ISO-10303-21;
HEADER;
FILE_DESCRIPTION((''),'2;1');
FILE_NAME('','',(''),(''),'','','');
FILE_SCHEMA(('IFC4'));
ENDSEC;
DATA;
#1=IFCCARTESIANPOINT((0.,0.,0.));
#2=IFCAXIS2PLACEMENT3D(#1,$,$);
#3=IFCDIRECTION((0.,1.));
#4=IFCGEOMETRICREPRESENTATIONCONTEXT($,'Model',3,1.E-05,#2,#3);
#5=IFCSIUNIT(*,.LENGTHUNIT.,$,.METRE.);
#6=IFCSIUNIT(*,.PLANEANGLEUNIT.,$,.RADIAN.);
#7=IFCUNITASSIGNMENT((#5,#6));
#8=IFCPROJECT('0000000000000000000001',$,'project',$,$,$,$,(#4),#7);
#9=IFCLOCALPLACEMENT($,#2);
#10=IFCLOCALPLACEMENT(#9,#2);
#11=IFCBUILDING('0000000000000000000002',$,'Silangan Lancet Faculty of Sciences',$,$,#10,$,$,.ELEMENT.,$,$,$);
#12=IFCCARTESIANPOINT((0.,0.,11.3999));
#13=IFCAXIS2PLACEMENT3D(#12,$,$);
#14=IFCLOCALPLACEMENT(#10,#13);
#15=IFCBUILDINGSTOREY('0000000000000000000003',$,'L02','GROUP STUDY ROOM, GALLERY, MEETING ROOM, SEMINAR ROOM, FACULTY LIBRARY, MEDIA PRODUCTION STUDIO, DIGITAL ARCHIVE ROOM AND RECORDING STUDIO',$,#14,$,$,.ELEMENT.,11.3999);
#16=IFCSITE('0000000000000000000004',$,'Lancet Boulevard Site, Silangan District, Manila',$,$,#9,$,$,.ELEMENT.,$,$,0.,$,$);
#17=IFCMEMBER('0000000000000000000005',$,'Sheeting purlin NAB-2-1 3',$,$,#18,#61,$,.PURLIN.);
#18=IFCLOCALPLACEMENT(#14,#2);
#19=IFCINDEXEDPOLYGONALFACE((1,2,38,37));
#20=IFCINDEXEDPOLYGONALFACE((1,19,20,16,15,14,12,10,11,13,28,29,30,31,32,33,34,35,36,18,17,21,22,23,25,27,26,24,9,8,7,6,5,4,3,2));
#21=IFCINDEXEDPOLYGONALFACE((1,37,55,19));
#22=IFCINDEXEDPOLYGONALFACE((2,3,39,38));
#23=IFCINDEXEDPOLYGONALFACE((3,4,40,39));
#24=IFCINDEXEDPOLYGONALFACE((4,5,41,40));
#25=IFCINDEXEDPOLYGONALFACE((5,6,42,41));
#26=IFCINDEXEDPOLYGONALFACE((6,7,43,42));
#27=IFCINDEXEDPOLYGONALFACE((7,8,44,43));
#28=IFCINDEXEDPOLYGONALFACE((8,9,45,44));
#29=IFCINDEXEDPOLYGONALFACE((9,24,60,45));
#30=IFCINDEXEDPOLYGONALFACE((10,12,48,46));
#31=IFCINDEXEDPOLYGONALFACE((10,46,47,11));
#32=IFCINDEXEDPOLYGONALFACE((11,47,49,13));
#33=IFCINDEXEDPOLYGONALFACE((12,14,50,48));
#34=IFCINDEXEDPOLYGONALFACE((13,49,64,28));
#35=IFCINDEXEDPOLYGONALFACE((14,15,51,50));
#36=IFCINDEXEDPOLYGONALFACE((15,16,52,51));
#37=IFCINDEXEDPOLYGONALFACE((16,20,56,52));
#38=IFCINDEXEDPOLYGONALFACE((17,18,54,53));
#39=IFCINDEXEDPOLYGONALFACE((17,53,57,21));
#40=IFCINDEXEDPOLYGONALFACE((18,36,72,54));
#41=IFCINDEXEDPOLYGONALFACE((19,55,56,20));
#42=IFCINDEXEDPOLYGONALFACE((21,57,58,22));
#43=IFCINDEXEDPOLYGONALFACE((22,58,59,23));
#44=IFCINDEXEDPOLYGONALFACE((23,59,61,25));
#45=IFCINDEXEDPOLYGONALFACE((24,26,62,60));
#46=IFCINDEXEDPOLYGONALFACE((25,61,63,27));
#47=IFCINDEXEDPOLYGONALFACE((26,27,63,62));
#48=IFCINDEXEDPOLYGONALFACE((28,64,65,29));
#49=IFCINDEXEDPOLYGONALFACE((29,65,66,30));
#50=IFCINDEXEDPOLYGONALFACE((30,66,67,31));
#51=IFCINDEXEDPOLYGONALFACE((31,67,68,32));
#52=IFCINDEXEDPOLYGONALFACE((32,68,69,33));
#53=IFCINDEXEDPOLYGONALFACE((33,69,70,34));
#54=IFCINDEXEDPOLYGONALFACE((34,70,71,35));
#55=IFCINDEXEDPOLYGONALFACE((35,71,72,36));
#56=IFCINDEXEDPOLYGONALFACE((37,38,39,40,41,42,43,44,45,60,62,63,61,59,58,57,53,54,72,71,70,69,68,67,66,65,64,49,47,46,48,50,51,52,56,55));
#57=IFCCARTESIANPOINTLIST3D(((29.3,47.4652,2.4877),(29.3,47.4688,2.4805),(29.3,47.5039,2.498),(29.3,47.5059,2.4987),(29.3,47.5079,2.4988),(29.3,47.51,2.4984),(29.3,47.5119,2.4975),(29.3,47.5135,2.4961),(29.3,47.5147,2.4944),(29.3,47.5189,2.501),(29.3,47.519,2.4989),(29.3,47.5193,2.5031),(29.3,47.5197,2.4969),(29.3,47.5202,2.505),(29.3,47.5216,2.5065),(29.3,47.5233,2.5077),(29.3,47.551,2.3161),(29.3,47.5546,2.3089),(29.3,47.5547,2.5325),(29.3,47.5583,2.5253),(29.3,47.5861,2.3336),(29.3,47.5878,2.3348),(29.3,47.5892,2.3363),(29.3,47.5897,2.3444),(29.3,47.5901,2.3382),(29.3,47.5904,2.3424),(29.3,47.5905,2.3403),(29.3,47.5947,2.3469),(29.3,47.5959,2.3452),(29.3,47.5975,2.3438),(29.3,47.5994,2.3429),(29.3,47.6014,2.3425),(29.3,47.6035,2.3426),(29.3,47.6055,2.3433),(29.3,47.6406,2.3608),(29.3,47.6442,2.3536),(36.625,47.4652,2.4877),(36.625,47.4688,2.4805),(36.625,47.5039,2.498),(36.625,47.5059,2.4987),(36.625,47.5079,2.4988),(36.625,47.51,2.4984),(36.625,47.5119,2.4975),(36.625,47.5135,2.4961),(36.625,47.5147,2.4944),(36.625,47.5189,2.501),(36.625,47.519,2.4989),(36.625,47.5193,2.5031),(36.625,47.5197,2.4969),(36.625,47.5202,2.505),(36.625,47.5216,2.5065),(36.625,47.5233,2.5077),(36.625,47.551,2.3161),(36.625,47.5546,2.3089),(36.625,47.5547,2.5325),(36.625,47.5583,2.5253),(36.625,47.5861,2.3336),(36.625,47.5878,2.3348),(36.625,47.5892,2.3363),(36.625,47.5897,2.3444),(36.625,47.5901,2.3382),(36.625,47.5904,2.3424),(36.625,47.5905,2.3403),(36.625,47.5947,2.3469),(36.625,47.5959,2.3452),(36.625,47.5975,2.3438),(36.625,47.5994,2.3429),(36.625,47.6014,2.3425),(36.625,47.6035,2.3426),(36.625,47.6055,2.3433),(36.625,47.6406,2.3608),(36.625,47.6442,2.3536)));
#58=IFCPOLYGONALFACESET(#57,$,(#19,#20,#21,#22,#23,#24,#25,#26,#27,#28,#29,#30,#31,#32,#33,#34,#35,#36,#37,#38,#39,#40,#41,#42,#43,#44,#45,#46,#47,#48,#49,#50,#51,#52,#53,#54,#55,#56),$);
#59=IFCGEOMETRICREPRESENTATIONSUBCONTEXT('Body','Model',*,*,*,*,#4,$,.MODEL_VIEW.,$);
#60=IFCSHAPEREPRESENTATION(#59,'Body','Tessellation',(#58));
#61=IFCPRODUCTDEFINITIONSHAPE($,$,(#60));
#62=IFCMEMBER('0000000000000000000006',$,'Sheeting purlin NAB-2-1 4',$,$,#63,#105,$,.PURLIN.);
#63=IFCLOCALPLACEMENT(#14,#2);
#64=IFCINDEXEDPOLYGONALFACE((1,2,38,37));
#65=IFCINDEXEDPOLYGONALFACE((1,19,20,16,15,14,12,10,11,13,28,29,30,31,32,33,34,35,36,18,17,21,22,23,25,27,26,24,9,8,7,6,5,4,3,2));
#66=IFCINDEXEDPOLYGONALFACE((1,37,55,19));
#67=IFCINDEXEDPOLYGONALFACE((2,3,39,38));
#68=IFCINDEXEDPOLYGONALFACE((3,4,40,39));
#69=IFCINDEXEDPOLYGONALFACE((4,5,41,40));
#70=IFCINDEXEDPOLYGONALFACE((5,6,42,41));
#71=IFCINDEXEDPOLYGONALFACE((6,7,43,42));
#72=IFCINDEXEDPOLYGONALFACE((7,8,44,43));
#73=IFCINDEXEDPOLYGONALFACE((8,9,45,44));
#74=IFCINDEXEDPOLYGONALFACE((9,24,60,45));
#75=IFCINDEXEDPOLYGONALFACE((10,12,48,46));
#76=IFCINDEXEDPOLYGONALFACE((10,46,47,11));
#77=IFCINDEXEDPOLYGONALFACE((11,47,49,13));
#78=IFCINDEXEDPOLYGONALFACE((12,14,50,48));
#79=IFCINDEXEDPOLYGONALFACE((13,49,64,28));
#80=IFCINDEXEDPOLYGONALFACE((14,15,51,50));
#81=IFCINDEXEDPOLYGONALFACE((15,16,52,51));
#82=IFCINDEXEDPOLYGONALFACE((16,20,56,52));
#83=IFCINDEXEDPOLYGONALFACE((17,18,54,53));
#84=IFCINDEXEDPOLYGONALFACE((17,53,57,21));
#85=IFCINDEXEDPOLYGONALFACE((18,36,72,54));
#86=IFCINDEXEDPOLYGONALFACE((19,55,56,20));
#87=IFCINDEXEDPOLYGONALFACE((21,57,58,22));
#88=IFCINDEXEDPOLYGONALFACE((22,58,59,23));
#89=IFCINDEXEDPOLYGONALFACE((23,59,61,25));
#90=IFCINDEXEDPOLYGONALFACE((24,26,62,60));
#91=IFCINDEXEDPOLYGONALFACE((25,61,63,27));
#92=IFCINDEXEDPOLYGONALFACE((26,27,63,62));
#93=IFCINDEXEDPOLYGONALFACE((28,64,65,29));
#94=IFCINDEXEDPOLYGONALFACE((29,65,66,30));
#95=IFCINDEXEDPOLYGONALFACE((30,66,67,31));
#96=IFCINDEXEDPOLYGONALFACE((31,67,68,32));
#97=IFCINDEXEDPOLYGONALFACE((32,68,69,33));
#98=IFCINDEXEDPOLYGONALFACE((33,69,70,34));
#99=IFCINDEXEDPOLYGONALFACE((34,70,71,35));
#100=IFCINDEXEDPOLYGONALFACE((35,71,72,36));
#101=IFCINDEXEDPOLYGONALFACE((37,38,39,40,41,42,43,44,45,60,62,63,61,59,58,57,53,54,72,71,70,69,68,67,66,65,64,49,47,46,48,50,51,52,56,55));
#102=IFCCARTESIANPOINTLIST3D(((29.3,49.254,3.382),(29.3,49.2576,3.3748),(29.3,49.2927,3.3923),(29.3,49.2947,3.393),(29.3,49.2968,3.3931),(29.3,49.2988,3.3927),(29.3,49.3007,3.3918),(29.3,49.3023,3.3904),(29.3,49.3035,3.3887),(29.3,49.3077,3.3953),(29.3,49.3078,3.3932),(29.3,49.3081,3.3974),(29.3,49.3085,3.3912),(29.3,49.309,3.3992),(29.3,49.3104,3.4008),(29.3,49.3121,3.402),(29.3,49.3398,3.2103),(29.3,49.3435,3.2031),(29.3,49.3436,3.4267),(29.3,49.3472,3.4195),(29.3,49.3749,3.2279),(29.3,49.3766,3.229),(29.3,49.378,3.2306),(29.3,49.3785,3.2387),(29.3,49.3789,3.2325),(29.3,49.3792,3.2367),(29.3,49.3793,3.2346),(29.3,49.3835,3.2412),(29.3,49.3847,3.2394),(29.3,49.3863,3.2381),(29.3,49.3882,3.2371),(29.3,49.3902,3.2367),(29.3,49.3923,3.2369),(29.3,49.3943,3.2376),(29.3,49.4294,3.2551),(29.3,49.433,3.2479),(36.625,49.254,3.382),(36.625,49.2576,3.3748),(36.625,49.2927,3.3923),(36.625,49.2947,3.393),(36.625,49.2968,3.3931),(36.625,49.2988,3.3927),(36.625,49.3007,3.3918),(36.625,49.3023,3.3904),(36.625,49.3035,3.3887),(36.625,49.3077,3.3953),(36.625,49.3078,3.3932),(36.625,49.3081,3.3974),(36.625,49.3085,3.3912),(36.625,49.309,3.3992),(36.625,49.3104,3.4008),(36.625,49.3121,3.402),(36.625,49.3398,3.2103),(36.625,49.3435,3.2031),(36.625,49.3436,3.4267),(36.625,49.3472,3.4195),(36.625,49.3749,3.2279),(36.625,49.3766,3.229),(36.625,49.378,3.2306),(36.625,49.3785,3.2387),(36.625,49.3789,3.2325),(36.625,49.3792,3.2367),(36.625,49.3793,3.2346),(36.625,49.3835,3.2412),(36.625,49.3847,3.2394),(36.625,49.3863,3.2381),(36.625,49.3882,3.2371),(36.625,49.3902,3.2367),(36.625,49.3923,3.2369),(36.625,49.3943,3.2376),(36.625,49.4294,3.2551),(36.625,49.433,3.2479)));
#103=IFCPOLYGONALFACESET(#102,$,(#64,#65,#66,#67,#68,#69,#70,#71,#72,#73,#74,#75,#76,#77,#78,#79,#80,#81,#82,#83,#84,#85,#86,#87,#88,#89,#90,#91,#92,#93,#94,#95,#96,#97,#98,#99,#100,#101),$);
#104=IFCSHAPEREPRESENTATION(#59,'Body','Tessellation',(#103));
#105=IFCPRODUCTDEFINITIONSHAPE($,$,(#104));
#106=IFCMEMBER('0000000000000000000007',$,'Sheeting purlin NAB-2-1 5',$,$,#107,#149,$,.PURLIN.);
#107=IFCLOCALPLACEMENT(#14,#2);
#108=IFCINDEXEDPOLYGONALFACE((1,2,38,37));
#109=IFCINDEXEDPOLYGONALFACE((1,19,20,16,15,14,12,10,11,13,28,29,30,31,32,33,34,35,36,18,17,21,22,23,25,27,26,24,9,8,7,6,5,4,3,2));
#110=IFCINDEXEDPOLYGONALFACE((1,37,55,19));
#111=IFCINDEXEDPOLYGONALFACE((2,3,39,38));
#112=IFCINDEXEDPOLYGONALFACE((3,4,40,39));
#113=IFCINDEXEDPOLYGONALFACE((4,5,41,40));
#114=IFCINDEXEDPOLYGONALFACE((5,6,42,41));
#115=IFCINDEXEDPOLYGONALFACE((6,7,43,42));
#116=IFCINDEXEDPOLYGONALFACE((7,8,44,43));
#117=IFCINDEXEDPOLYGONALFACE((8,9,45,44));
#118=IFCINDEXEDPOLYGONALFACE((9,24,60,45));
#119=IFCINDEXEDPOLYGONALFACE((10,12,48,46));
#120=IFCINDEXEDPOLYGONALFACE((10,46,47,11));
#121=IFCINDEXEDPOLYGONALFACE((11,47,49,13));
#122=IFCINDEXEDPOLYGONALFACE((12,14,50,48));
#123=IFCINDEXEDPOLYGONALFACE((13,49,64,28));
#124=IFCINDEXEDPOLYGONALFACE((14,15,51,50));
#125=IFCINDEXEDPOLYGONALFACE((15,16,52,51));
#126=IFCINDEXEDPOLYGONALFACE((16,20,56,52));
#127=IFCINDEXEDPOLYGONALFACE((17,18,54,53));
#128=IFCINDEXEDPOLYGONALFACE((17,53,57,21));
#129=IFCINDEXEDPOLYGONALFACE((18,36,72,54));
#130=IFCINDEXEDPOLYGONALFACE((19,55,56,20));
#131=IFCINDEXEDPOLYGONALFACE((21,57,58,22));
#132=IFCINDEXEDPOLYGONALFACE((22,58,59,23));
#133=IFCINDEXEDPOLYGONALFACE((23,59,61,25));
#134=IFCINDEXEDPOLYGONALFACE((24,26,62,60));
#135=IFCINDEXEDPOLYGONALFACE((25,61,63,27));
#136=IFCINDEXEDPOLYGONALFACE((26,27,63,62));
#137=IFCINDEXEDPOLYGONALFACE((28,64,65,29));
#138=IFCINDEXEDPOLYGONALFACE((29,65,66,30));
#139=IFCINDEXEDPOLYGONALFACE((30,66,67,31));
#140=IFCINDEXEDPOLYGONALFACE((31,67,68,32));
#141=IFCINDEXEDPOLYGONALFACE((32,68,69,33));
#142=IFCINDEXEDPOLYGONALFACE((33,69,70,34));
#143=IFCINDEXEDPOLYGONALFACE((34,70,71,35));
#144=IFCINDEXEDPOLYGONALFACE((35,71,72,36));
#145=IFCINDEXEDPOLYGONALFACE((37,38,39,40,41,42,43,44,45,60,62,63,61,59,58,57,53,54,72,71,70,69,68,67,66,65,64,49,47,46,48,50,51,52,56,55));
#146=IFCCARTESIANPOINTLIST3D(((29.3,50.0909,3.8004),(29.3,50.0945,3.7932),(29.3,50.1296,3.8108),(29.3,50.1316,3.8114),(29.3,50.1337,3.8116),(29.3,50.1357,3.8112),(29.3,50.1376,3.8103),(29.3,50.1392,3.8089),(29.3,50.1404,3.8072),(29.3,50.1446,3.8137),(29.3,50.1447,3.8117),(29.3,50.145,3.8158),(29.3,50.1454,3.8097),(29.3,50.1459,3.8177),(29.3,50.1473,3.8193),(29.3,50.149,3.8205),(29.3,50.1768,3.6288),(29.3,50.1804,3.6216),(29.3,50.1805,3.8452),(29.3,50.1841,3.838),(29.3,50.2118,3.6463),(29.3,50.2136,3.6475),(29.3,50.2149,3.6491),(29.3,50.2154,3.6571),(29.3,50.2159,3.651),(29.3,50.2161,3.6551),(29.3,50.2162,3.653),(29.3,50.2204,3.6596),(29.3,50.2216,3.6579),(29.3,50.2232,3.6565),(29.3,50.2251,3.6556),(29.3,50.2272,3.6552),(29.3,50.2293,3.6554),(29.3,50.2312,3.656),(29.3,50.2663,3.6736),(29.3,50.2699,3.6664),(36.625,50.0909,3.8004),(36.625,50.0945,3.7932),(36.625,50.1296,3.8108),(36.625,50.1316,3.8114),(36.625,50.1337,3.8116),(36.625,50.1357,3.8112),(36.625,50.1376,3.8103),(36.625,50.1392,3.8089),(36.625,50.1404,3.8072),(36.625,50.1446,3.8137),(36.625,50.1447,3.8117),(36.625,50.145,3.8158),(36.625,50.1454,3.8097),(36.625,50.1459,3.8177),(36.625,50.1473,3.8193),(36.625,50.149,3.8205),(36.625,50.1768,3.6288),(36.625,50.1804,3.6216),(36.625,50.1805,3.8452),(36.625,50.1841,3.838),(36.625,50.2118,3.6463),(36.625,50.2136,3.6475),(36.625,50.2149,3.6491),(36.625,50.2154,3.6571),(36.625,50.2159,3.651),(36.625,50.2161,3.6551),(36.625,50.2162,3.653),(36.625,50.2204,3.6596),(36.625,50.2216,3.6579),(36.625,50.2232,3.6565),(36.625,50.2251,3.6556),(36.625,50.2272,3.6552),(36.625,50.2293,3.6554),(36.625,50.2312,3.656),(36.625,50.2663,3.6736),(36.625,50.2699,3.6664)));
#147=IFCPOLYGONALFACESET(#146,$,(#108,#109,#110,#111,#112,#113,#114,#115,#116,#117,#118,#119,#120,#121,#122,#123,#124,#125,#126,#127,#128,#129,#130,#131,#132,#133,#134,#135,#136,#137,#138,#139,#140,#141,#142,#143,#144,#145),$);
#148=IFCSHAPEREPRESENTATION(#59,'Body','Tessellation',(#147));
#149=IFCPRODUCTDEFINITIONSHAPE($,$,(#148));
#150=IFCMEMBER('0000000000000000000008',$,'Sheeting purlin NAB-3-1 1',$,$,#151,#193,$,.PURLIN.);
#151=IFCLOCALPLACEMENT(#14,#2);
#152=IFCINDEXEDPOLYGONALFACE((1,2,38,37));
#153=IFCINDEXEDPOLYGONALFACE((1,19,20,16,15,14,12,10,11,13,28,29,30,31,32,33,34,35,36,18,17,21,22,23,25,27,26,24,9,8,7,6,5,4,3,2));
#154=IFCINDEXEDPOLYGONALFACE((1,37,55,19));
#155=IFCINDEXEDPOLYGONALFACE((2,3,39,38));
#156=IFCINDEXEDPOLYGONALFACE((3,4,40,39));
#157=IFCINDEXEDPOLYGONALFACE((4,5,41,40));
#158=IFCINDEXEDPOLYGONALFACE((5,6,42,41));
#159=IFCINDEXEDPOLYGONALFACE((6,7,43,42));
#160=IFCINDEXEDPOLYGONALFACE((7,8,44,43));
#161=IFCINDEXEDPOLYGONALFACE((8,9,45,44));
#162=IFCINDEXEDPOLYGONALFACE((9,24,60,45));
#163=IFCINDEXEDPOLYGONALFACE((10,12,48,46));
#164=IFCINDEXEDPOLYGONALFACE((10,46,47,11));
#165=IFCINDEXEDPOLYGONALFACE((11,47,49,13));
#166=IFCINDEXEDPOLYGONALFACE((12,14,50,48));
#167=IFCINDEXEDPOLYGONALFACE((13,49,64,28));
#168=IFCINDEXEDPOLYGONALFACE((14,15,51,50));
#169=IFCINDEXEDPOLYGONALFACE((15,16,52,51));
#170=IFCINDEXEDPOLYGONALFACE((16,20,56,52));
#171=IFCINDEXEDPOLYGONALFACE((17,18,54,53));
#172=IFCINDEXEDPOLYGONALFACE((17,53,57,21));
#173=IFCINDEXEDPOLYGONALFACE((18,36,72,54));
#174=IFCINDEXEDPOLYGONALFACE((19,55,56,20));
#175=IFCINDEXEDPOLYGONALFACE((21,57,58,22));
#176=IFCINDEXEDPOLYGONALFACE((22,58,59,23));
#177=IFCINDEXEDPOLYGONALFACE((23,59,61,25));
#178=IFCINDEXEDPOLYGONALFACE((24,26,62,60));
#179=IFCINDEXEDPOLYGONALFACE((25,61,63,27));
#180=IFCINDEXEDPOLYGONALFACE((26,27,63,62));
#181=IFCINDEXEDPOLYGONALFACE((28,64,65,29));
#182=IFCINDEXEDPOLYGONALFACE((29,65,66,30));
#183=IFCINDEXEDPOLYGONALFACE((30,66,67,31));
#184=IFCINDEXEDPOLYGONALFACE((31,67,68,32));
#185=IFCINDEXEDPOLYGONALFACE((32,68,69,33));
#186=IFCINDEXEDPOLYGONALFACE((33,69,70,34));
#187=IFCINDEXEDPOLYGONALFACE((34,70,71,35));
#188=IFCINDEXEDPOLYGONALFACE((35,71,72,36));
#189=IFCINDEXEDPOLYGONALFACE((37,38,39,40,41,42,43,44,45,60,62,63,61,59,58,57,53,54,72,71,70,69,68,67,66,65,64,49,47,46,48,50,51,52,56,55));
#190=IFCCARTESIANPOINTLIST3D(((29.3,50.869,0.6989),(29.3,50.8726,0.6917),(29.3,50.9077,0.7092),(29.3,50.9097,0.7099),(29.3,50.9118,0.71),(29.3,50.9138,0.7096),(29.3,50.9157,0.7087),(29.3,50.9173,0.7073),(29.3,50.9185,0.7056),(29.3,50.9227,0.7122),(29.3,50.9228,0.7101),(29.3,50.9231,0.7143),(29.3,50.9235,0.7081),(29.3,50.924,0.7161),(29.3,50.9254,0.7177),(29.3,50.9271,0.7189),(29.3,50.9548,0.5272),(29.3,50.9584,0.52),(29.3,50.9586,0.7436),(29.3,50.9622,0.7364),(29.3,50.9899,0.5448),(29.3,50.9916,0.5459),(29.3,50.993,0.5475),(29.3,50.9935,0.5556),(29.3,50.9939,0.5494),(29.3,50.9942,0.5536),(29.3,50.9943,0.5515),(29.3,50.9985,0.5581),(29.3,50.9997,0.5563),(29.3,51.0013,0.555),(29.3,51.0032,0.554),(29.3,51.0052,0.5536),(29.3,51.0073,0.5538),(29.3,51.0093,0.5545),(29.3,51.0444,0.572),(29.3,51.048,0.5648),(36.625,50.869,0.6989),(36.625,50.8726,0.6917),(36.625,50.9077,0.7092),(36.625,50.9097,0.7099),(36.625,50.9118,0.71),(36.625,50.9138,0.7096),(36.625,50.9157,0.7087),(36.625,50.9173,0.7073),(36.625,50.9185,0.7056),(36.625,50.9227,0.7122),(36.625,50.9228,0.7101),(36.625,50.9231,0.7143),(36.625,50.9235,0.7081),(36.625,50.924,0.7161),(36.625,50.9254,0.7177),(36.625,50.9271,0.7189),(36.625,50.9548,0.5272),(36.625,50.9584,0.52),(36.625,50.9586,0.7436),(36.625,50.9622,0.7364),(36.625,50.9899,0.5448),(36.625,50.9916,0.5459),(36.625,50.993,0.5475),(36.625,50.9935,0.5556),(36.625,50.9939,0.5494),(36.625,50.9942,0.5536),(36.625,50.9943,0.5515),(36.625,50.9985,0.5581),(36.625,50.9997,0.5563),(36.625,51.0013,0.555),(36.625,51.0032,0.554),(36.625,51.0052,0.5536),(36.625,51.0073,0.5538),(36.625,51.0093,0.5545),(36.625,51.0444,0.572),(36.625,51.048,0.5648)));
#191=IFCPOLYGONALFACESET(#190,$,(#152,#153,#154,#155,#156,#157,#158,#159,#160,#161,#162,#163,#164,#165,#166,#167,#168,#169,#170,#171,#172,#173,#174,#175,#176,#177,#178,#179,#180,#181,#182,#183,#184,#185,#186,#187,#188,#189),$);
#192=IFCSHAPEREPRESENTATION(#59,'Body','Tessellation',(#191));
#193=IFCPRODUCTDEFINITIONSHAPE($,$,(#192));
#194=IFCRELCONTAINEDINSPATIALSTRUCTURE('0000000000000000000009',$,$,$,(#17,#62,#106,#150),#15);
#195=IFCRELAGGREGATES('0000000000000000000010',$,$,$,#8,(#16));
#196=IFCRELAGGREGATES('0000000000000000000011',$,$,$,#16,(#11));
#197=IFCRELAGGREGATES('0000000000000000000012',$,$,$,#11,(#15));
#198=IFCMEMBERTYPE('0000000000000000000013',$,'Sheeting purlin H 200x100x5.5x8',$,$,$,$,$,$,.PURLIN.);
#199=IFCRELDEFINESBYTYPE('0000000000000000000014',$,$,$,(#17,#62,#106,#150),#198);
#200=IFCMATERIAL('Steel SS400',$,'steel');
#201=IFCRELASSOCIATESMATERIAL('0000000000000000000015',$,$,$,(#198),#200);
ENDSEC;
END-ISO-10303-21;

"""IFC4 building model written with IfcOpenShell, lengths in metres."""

from ifc_helpers import new_model, si_unit, direction, frame, origin, origin_2d, place, context, subcontext, project, spatial, i_section, extrude, material, material_profile, profile_set, type_object, element, save


model = new_model("IFC4")

# Units and contexts
model_context = context("Model", 3, precision=1e-05, world=origin(), true_north=direction((0.0, 1.0)))
body_context = subcontext(model_context, "Body", "Model", "MODEL_VIEW")
ifc_project = project(units=[si_unit("LENGTHUNIT", "METRE"), si_unit("PLANEANGLEUNIT", "RADIAN")], contexts=[model_context])

# Site, building, storey
site_placement = place(None, origin())
site = spatial("IfcSite", under=ifc_project, at=site_placement, Name="Lancet Boulevard Site, Silangan District, Manila", CompositionType="ELEMENT", RefElevation=0.0)
building_placement = place(site_placement, origin())
building = spatial("IfcBuilding", under=site, at=building_placement, Name="Silangan Lancet Faculty of Sciences", CompositionType="ELEMENT")
storey_placement = place(building_placement, frame((0.0, 0.0, 11.3999)))
storey = spatial("IfcBuildingStorey", under=building, at=storey_placement, Name="L02", Description="GROUP STUDY ROOM, GALLERY, MEETING ROOM, SEMINAR ROOM, FACULTY LIBRARY, MEDIA PRODUCTION STUDIO, DIGITAL ARCHIVE ROOM AND RECORDING STUDIO", CompositionType="ELEMENT", Elevation=11.3999)

# Members
ifc_material_1 = material(Name="Steel SS400", Category="steel")
ifc_material_profile_1 = material_profile(ifc_material_1, i_section(OverallWidth=0.1001, OverallDepth=0.2, WebThickness=0.0056, FlangeThickness=0.0081, FilletRadius=0.0081, at=origin_2d()), Name="H 200x100x5.5x8")
ifc_profile_set_1 = profile_set([ifc_material_profile_1], Name="Steel SS400")
member_type_1 = type_object("IfcMemberType", Name="Sheeting purlin H 200x100x5.5x8", PredefinedType="PURLIN", material=ifc_profile_set_1)
for number, where, z_axis, x_axis, name in (
    (1, (29.3, 47.5547, 2.4207), (1.0, 0.0, 0.0), (0.0, 0.894427, 0.447214), "Sheeting purlin NAB-2-1 3"),
    (2, (29.3, 49.3435, 3.3149), (1.0, 0.0, 0.0), (0.0, 0.894427, 0.447214), "Sheeting purlin NAB-2-1 4"),
    (3, (29.3, 50.1804, 3.7334), (1.0, 0.0, 0.0), (0.0, 0.894427, 0.447214), "Sheeting purlin NAB-2-1 5"),
    (4, (29.3, 50.9585, 0.6318), (1.0, 0.0, 0.0), (0.0, 0.894427, 0.447214), "Sheeting purlin NAB-3-1 1"),
):
    element("IfcMember", number, at=place(storey_placement, frame(where, z_axis=z_axis, x_axis=x_axis)), inside=storey, type_object=member_type_1, Name=name, PredefinedType="PURLIN", context=body_context, shape_type="SweptSolid", body=[
        extrude(i_section(OverallWidth=0.1001, OverallDepth=0.2, WebThickness=0.0056, FlangeThickness=0.0081, FilletRadius=0.0081, at=origin_2d()), origin(), (0.0, 0.0, 1.0), 7.325),
    ])

save(model, "model.ifc")
